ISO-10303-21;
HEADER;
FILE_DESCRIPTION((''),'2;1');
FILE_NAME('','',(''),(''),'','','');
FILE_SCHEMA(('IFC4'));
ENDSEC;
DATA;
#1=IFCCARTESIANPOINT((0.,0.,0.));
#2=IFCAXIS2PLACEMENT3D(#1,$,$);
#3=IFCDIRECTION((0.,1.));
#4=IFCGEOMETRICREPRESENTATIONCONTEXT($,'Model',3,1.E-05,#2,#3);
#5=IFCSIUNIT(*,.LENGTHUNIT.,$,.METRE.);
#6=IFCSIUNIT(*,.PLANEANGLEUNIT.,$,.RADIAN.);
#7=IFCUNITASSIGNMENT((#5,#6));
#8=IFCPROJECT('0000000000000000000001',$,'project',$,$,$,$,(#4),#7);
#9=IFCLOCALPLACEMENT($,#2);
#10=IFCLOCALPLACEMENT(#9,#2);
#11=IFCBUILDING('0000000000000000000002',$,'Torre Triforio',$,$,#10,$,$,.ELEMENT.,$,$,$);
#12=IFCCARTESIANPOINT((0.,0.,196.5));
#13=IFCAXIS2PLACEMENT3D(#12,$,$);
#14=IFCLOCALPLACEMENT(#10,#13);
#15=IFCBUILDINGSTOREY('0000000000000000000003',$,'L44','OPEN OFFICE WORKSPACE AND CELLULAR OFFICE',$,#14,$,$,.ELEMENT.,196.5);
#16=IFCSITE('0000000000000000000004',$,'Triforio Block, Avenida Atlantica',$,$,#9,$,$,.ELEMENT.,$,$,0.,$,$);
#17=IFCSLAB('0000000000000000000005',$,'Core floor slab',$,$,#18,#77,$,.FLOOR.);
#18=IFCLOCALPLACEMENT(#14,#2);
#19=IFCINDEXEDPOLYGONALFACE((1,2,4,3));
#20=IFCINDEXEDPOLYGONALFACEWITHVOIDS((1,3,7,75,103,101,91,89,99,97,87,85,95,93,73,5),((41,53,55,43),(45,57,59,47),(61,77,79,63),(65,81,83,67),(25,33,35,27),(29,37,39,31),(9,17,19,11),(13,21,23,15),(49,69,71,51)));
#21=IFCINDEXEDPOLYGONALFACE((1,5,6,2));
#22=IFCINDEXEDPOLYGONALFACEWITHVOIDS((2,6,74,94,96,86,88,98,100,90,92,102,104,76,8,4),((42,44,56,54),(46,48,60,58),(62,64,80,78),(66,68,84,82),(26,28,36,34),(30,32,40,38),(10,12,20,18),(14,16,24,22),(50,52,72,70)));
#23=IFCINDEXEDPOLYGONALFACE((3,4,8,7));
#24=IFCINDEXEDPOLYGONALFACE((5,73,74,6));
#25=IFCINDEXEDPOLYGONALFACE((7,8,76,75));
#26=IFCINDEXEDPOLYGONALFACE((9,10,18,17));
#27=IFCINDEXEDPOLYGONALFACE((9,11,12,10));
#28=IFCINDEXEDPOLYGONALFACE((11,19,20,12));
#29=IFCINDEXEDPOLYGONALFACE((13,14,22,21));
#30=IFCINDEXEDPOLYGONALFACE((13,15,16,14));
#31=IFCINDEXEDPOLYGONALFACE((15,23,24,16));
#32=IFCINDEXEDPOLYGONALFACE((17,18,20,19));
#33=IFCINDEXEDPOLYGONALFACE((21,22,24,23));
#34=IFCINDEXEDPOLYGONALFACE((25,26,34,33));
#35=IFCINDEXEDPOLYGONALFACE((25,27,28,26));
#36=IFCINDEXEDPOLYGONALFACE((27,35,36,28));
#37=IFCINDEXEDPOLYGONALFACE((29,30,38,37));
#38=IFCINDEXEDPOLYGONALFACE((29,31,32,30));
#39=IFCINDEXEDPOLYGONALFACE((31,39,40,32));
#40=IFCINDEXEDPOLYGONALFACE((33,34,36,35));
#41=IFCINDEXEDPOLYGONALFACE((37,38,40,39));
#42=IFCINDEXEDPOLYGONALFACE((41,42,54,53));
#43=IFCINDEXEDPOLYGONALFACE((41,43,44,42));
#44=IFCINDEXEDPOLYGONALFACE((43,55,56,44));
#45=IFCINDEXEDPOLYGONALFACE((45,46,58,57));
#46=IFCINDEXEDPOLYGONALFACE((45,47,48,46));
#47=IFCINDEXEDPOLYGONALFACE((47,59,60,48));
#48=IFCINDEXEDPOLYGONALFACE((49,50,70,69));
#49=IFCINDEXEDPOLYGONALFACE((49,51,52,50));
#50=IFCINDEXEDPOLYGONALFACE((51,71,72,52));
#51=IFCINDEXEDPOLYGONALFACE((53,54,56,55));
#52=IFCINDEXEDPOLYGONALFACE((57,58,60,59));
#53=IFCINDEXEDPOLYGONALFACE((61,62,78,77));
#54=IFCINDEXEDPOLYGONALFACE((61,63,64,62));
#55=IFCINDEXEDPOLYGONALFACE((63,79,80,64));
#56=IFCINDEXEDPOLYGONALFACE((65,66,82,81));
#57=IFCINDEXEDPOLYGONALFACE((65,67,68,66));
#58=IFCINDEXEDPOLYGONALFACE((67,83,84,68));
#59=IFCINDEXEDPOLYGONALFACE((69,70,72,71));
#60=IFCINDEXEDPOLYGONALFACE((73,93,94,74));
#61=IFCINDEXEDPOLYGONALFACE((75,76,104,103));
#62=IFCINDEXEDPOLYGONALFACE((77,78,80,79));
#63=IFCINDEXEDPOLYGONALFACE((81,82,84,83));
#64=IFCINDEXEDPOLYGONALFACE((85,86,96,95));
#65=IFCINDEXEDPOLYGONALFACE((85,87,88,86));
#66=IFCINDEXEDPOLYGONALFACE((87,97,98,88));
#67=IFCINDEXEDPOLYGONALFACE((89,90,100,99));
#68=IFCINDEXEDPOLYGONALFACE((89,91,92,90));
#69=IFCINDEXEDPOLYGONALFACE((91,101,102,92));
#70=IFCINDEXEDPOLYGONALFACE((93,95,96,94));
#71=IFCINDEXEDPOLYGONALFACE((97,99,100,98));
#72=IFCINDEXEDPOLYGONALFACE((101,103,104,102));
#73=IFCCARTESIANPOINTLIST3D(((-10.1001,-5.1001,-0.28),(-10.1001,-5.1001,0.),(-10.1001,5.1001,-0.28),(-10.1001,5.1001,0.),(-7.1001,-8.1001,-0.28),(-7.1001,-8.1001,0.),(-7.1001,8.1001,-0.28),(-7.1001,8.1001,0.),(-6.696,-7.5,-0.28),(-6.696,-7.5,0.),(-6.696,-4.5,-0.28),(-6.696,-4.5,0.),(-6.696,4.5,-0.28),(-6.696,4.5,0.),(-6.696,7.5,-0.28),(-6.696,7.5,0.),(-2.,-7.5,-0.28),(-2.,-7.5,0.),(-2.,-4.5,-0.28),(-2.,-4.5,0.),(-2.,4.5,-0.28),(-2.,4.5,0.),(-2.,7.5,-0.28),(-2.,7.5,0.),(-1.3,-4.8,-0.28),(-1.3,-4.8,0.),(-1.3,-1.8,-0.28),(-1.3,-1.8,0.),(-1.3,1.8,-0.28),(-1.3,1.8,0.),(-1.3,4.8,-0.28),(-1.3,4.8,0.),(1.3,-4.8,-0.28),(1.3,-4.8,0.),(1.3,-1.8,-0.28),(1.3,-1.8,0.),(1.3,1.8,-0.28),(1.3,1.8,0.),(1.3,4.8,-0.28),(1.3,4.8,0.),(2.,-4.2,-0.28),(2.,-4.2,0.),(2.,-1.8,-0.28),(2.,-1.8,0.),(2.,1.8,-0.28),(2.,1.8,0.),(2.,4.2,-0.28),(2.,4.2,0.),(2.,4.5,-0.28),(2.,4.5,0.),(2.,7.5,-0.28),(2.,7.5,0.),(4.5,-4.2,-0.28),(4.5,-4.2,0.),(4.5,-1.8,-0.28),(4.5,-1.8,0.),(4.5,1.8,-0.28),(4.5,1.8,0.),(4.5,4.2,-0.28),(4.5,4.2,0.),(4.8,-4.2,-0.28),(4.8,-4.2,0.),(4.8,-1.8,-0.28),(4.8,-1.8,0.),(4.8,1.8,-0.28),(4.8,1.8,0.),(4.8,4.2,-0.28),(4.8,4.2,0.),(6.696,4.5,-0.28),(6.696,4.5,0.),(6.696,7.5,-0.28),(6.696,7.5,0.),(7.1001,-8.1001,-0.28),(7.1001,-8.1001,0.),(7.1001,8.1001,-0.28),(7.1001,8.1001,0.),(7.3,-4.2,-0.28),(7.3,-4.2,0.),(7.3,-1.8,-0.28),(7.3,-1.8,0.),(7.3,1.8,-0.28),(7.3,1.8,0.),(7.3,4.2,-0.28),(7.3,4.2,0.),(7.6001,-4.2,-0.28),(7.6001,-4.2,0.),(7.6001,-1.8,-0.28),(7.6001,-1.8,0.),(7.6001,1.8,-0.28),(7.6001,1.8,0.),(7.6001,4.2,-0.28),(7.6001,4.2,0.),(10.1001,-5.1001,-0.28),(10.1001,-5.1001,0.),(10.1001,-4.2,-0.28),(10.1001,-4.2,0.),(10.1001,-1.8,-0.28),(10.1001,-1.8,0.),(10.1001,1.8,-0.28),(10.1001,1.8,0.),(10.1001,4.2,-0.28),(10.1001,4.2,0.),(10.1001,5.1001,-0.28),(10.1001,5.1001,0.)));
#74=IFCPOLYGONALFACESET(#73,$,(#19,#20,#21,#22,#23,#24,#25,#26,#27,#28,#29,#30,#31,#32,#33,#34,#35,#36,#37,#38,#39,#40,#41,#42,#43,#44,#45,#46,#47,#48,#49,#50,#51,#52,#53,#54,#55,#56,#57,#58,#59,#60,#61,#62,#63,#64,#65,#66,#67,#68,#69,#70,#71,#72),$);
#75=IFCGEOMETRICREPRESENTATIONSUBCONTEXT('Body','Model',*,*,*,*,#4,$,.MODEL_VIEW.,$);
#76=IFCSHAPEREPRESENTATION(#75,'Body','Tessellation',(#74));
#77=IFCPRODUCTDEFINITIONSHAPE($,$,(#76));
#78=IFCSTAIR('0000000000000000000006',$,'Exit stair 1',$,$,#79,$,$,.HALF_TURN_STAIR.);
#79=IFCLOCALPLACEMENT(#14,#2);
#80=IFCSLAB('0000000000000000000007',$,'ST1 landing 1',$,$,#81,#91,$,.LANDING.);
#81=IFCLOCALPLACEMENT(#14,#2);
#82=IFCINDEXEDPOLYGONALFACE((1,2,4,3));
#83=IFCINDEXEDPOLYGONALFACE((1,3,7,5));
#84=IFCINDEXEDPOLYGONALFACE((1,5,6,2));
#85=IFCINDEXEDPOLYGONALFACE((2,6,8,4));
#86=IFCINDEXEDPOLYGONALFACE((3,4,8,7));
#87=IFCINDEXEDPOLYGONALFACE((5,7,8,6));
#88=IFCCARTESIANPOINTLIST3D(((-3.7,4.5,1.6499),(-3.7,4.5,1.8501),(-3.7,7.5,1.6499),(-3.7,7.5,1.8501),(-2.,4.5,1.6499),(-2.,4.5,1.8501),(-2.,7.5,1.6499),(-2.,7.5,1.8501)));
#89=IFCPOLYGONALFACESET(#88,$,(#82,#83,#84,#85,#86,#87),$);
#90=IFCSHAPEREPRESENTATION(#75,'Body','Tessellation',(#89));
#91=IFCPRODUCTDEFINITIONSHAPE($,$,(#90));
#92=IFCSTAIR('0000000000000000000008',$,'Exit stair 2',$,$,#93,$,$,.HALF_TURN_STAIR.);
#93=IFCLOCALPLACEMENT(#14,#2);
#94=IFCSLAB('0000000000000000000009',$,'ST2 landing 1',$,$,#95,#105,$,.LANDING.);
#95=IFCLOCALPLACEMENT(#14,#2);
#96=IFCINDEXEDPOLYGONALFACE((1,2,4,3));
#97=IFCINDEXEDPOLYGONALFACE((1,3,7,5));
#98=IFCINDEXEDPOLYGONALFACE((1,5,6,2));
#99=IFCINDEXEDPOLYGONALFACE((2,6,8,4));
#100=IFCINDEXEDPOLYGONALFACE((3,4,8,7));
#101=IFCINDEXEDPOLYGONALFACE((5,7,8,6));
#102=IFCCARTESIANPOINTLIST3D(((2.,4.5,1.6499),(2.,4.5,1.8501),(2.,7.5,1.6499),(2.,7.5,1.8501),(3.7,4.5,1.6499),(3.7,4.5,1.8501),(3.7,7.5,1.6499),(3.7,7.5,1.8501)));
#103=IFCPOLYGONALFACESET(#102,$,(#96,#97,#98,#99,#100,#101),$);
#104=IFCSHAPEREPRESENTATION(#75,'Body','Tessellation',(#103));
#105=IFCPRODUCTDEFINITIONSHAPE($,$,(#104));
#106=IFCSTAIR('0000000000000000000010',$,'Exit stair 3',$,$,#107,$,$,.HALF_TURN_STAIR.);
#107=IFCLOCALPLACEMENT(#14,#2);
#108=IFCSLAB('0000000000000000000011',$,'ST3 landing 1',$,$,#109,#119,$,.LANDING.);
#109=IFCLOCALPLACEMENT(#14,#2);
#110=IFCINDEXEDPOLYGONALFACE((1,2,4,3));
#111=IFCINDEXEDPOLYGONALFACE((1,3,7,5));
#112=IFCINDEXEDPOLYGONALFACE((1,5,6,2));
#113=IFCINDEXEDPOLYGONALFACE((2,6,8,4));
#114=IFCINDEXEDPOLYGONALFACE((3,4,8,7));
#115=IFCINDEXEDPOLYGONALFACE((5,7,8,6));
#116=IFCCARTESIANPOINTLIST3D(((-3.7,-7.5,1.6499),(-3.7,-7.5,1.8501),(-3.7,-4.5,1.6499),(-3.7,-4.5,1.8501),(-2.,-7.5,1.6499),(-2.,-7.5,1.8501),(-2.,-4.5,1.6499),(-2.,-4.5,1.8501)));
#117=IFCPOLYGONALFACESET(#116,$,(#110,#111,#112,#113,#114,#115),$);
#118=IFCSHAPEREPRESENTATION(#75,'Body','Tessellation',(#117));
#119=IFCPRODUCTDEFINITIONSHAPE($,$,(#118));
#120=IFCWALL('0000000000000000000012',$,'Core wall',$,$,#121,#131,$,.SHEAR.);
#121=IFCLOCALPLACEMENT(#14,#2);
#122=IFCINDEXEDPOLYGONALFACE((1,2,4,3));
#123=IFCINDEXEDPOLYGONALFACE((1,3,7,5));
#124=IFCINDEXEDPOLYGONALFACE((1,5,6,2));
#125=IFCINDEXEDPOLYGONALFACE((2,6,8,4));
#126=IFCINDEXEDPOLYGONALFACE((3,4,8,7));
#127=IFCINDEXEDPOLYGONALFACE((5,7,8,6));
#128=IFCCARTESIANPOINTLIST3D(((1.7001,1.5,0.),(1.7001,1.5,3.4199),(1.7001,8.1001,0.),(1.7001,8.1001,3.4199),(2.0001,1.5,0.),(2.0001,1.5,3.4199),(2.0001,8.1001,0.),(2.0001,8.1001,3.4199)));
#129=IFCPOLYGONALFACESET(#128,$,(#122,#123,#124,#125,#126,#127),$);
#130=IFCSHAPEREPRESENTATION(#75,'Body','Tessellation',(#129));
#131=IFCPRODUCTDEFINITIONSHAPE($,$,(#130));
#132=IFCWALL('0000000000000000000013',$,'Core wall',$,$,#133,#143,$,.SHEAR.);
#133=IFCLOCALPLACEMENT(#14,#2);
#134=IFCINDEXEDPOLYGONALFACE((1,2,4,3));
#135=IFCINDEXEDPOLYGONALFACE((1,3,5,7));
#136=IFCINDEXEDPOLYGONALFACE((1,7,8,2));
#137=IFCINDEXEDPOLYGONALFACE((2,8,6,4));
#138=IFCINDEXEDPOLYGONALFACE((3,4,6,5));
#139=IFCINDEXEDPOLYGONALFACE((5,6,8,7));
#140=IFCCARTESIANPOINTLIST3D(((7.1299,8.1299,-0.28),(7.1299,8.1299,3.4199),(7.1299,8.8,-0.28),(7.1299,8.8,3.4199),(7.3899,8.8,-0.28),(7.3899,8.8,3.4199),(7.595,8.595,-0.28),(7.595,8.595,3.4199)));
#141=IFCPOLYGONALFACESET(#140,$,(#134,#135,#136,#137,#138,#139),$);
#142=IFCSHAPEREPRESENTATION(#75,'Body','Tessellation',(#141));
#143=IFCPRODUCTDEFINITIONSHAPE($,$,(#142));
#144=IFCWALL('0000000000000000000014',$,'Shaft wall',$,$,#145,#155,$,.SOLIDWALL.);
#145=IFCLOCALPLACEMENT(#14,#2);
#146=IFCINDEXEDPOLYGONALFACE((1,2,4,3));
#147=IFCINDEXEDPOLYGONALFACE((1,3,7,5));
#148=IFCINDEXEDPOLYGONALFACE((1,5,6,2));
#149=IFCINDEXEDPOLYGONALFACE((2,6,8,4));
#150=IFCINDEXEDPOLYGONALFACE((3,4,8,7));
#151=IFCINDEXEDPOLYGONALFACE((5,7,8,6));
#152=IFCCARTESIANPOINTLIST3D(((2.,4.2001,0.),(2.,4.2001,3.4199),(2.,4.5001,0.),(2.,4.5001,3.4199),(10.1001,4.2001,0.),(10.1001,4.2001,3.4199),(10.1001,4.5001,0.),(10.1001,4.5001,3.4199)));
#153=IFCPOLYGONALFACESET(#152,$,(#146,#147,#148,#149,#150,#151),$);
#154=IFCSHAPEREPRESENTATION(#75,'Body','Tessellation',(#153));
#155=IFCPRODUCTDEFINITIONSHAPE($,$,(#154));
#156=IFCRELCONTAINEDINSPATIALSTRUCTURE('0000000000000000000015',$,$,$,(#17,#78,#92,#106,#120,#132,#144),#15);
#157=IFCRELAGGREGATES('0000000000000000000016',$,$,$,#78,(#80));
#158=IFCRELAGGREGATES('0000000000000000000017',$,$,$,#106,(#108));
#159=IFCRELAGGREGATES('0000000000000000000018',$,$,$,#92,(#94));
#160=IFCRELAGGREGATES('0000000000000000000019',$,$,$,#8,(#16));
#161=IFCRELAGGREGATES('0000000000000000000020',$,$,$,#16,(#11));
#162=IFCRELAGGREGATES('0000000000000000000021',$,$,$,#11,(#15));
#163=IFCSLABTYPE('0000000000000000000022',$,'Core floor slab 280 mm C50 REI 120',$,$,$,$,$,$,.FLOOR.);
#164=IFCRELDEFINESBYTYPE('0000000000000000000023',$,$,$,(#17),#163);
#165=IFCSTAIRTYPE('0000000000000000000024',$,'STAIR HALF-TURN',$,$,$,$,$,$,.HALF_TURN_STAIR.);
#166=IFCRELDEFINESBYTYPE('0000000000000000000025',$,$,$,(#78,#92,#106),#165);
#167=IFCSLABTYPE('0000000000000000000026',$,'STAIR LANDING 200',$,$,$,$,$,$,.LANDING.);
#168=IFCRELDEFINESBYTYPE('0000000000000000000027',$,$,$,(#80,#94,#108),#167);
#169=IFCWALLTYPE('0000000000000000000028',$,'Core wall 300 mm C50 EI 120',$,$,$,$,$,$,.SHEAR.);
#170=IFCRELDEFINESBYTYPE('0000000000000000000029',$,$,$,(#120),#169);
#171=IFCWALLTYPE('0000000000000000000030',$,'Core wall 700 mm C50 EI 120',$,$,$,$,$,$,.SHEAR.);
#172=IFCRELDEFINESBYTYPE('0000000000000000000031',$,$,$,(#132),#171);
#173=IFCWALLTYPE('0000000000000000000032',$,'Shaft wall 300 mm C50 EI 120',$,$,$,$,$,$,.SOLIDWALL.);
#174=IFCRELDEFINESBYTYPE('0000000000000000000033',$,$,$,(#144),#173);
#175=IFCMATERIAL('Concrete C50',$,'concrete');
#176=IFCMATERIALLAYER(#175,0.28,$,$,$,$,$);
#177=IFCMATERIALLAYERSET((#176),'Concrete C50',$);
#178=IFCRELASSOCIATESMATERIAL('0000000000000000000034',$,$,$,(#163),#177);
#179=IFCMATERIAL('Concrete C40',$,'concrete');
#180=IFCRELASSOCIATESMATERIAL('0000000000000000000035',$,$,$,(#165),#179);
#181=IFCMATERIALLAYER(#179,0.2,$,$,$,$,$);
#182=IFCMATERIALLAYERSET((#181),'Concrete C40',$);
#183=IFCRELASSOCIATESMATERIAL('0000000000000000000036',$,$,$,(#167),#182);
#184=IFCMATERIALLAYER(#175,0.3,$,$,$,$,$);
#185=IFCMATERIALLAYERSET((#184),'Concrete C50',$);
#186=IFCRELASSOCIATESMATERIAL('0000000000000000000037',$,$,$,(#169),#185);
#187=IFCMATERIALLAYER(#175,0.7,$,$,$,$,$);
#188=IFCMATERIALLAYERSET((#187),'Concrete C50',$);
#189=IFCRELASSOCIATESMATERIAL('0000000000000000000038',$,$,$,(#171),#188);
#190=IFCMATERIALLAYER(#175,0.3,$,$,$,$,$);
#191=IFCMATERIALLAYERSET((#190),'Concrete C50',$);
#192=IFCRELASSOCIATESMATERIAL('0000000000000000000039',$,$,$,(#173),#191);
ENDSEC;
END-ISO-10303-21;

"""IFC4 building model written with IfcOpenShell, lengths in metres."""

from ifc_helpers import new_model, si_unit, direction, frame, frame_2d, origin, place, context, subcontext, project, spatial, polyline, rectangle, outline, extrude, material, layer, layer_set, type_object, element, aggregate, save


model = new_model("IFC4")

# Units and contexts
model_context = context("Model", 3, precision=1e-05, world=origin(), true_north=direction((0.0, 1.0)))
body_context = subcontext(model_context, "Body", "Model", "MODEL_VIEW")
ifc_project = project(units=[si_unit("LENGTHUNIT", "METRE"), si_unit("PLANEANGLEUNIT", "RADIAN")], contexts=[model_context])

# Site, building, storey
site_placement = place(None, origin())
site = spatial("IfcSite", under=ifc_project, at=site_placement, Name="Triforio Block, Avenida Atlantica", CompositionType="ELEMENT", RefElevation=0.0)
building_placement = place(site_placement, origin())
building = spatial("IfcBuilding", under=site, at=building_placement, Name="Torre Triforio", CompositionType="ELEMENT")
storey_placement = place(building_placement, frame((0.0, 0.0, 196.5)))
storey = spatial("IfcBuildingStorey", under=building, at=storey_placement, Name="L44", Description="OPEN OFFICE WORKSPACE AND CELLULAR OFFICE", CompositionType="ELEMENT", Elevation=196.5)

# Slab
ifc_material_1 = material(Name="Concrete C50", Category="concrete")
ifc_layer_1 = layer(ifc_material_1, 0.28)
ifc_layer_set_1 = layer_set([ifc_layer_1], Name="Concrete C50")
slab_type_1 = type_object("IfcSlabType", Name="Core floor slab 280 mm C50 REI 120", PredefinedType="FLOOR", material=ifc_layer_set_1)
slab_1_placement = place(storey_placement, frame((0.0, 0.0, -0.28)))
element("IfcSlab", 1, at=slab_1_placement, inside=storey, type_object=slab_type_1, Name="Core floor slab", PredefinedType="FLOOR", context=body_context, shape_type="SweptSolid", body=[
    extrude(outline(polyline([(10.1001, -5.1001), (7.1001, -8.1001), (-7.1001, -8.1001), (-10.1001, -5.1001), (-10.1001, 5.1001), (-7.1001, 8.1001), (7.1001, 8.1001), (10.1001, 5.1001), (10.1001, 4.2), (7.6001, 4.2), (7.6001, 1.8), (10.1001, 1.8), (10.1001, -1.8), (7.6001, -1.8), (7.6001, -4.2), (10.1001, -4.2), (10.1001, -5.1001)]), holes=[polyline([(-6.696, -4.5), (-6.696, -7.5), (-2.0, -7.5), (-2.0, -4.5), (-6.696, -4.5)]), polyline([(-1.3, -1.8), (-1.3, -4.8), (1.3, -4.8), (1.3, -1.8), (-1.3, -1.8)]), polyline([(2.0, -1.8), (2.0, -4.2), (4.5, -4.2), (4.5, -1.8), (2.0, -1.8)]), polyline([(4.5, 4.2), (2.0, 4.2), (2.0, 1.8), (4.5, 1.8), (4.5, 4.2)]), polyline([(1.3, 4.8), (-1.3, 4.8), (-1.3, 1.8), (1.3, 1.8), (1.3, 4.8)]), polyline([(-6.696, 7.5), (-6.696, 4.5), (-2.0, 4.5), (-2.0, 7.5), (-6.696, 7.5)]), polyline([(7.3, -1.8), (4.8, -1.8), (4.8, -4.2), (7.3, -4.2), (7.3, -1.8)]), polyline([(4.8, 4.2), (4.8, 1.8), (7.3, 1.8), (7.3, 4.2), (4.8, 4.2)]), polyline([(6.696, 7.5), (2.0, 7.5), (2.0, 4.5), (6.696, 4.5), (6.696, 7.5)])]), origin(), (0.0, 0.0, 1.0), 0.28),
])

# Stairs, slabs
ifc_material_2 = material(Name="Concrete C40", Category="concrete")
stair_type = type_object("IfcStairType", Name="STAIR HALF-TURN", PredefinedType="HALF_TURN_STAIR", material=ifc_material_2)
stair_1_placement = place(storey_placement, origin())
stair_1 = element("IfcStair", 2, at=stair_1_placement, inside=storey, type_object=stair_type, Name="Exit stair 1", PredefinedType="HALF_TURN_STAIR")
ifc_layer_2 = layer(ifc_material_2, 0.2)
ifc_layer_set_2 = layer_set([ifc_layer_2], Name="Concrete C40")
slab_type_2 = type_object("IfcSlabType", Name="STAIR LANDING 200", PredefinedType="LANDING", material=ifc_layer_set_2)
slab_2_placement = place(storey_placement, frame((0.0, 0.0, 1.6499)))
slab_2 = element("IfcSlab", 3, at=slab_2_placement, type_object=slab_type_2, Name="ST1 landing 1", PredefinedType="LANDING", context=body_context, shape_type="SweptSolid", body=[
    extrude(outline(polyline([(-2.0, 4.5), (-2.0, 7.5), (-3.7, 7.5), (-3.7, 4.5), (-2.0, 4.5)])), origin(), (0.0, 0.0, 1.0), 0.2002),
])
aggregate(stair_1, [slab_2])
stair_2_placement = place(storey_placement, origin())
stair_2 = element("IfcStair", 4, at=stair_2_placement, inside=storey, type_object=stair_type, Name="Exit stair 2", PredefinedType="HALF_TURN_STAIR")
slab_3_placement = place(storey_placement, frame((0.0, 0.0, 1.6499)))
slab_3 = element("IfcSlab", 5, at=slab_3_placement, type_object=slab_type_2, Name="ST2 landing 1", PredefinedType="LANDING", context=body_context, shape_type="SweptSolid", body=[
    extrude(outline(polyline([(3.7, 4.5), (3.7, 7.5), (2.0, 7.5), (2.0, 4.5), (3.7, 4.5)])), origin(), (0.0, 0.0, 1.0), 0.2002),
])
stair_3_placement = place(storey_placement, origin())
stair_3 = element("IfcStair", 6, at=stair_3_placement, inside=storey, type_object=stair_type, Name="Exit stair 3", PredefinedType="HALF_TURN_STAIR")
slab_4_placement = place(storey_placement, frame((0.0, 0.0, 1.6499)))
slab_4 = element("IfcSlab", 7, at=slab_4_placement, type_object=slab_type_2, Name="ST3 landing 1", PredefinedType="LANDING", context=body_context, shape_type="SweptSolid", body=[
    extrude(outline(polyline([(-2.0, -7.5), (-2.0, -4.5), (-3.7, -4.5), (-3.7, -7.5), (-2.0, -7.5)])), origin(), (0.0, 0.0, 1.0), 0.2002),
])
aggregate(stair_3, [slab_4])

# Walls
ifc_layer_3 = layer(ifc_material_1, 0.3)
ifc_layer_set_3 = layer_set([ifc_layer_3], Name="Concrete C50")
wall_type_1 = type_object("IfcWallType", Name="Core wall 300 mm C50 EI 120", PredefinedType="SHEAR", material=ifc_layer_set_3)
wall_1_placement = place(storey_placement, frame((1.8501, 1.5, 0.0), z_axis=(0.0, 0.0, 1.0), x_axis=(0.0, 1.0, 0.0)))
element("IfcWall", 8, at=wall_1_placement, inside=storey, type_object=wall_type_1, Name="Core wall", PredefinedType="SHEAR", context=body_context, shape_type="SweptSolid", body=[
    extrude(rectangle(XDim=6.6001, YDim=0.3, at=frame_2d((3.3, 0.0))), origin(), (0.0, 0.0, 1.0), 3.4199),
])
ifc_layer_4 = layer(ifc_material_1, 0.7)
ifc_layer_set_4 = layer_set([ifc_layer_4], Name="Concrete C50")
wall_type_2 = type_object("IfcWallType", Name="Core wall 700 mm C50 EI 120", PredefinedType="SHEAR", material=ifc_layer_set_4)
wall_2_placement = place(storey_placement, frame((0.0, 0.0, -0.28)))
element("IfcWall", 9, at=wall_2_placement, inside=storey, type_object=wall_type_2, Name="Core wall", PredefinedType="SHEAR", context=body_context, shape_type="SweptSolid", body=[
    extrude(outline(polyline([(7.3899, 8.8), (7.595, 8.595), (7.595, 8.595), (7.595, 8.595), (7.1299, 8.1299), (7.1299, 8.8), (7.1299, 8.8), (7.3899, 8.8)])), origin(), (0.0, 0.0, 1.0), 3.7),
])
ifc_layer_5 = layer(ifc_material_1, 0.3)
ifc_layer_set_5 = layer_set([ifc_layer_5], Name="Concrete C50")
wall_type_3 = type_object("IfcWallType", Name="Shaft wall 300 mm C50 EI 120", PredefinedType="SOLIDWALL", material=ifc_layer_set_5)
wall_3_placement = place(storey_placement, frame((2.0, 4.3501, 0.0), z_axis=(0.0, 0.0, 1.0), x_axis=(1.0, 0.0, 0.0)))
element("IfcWall", 10, at=wall_3_placement, inside=storey, type_object=wall_type_3, Name="Shaft wall", PredefinedType="SOLIDWALL", context=body_context, shape_type="SweptSolid", body=[
    extrude(rectangle(XDim=8.1001, YDim=0.3, at=frame_2d((4.05, 0.0))), origin(), (0.0, 0.0, 1.0), 3.4199),
])

aggregate(stair_2, [slab_3])

save(model, "model.ifc")
